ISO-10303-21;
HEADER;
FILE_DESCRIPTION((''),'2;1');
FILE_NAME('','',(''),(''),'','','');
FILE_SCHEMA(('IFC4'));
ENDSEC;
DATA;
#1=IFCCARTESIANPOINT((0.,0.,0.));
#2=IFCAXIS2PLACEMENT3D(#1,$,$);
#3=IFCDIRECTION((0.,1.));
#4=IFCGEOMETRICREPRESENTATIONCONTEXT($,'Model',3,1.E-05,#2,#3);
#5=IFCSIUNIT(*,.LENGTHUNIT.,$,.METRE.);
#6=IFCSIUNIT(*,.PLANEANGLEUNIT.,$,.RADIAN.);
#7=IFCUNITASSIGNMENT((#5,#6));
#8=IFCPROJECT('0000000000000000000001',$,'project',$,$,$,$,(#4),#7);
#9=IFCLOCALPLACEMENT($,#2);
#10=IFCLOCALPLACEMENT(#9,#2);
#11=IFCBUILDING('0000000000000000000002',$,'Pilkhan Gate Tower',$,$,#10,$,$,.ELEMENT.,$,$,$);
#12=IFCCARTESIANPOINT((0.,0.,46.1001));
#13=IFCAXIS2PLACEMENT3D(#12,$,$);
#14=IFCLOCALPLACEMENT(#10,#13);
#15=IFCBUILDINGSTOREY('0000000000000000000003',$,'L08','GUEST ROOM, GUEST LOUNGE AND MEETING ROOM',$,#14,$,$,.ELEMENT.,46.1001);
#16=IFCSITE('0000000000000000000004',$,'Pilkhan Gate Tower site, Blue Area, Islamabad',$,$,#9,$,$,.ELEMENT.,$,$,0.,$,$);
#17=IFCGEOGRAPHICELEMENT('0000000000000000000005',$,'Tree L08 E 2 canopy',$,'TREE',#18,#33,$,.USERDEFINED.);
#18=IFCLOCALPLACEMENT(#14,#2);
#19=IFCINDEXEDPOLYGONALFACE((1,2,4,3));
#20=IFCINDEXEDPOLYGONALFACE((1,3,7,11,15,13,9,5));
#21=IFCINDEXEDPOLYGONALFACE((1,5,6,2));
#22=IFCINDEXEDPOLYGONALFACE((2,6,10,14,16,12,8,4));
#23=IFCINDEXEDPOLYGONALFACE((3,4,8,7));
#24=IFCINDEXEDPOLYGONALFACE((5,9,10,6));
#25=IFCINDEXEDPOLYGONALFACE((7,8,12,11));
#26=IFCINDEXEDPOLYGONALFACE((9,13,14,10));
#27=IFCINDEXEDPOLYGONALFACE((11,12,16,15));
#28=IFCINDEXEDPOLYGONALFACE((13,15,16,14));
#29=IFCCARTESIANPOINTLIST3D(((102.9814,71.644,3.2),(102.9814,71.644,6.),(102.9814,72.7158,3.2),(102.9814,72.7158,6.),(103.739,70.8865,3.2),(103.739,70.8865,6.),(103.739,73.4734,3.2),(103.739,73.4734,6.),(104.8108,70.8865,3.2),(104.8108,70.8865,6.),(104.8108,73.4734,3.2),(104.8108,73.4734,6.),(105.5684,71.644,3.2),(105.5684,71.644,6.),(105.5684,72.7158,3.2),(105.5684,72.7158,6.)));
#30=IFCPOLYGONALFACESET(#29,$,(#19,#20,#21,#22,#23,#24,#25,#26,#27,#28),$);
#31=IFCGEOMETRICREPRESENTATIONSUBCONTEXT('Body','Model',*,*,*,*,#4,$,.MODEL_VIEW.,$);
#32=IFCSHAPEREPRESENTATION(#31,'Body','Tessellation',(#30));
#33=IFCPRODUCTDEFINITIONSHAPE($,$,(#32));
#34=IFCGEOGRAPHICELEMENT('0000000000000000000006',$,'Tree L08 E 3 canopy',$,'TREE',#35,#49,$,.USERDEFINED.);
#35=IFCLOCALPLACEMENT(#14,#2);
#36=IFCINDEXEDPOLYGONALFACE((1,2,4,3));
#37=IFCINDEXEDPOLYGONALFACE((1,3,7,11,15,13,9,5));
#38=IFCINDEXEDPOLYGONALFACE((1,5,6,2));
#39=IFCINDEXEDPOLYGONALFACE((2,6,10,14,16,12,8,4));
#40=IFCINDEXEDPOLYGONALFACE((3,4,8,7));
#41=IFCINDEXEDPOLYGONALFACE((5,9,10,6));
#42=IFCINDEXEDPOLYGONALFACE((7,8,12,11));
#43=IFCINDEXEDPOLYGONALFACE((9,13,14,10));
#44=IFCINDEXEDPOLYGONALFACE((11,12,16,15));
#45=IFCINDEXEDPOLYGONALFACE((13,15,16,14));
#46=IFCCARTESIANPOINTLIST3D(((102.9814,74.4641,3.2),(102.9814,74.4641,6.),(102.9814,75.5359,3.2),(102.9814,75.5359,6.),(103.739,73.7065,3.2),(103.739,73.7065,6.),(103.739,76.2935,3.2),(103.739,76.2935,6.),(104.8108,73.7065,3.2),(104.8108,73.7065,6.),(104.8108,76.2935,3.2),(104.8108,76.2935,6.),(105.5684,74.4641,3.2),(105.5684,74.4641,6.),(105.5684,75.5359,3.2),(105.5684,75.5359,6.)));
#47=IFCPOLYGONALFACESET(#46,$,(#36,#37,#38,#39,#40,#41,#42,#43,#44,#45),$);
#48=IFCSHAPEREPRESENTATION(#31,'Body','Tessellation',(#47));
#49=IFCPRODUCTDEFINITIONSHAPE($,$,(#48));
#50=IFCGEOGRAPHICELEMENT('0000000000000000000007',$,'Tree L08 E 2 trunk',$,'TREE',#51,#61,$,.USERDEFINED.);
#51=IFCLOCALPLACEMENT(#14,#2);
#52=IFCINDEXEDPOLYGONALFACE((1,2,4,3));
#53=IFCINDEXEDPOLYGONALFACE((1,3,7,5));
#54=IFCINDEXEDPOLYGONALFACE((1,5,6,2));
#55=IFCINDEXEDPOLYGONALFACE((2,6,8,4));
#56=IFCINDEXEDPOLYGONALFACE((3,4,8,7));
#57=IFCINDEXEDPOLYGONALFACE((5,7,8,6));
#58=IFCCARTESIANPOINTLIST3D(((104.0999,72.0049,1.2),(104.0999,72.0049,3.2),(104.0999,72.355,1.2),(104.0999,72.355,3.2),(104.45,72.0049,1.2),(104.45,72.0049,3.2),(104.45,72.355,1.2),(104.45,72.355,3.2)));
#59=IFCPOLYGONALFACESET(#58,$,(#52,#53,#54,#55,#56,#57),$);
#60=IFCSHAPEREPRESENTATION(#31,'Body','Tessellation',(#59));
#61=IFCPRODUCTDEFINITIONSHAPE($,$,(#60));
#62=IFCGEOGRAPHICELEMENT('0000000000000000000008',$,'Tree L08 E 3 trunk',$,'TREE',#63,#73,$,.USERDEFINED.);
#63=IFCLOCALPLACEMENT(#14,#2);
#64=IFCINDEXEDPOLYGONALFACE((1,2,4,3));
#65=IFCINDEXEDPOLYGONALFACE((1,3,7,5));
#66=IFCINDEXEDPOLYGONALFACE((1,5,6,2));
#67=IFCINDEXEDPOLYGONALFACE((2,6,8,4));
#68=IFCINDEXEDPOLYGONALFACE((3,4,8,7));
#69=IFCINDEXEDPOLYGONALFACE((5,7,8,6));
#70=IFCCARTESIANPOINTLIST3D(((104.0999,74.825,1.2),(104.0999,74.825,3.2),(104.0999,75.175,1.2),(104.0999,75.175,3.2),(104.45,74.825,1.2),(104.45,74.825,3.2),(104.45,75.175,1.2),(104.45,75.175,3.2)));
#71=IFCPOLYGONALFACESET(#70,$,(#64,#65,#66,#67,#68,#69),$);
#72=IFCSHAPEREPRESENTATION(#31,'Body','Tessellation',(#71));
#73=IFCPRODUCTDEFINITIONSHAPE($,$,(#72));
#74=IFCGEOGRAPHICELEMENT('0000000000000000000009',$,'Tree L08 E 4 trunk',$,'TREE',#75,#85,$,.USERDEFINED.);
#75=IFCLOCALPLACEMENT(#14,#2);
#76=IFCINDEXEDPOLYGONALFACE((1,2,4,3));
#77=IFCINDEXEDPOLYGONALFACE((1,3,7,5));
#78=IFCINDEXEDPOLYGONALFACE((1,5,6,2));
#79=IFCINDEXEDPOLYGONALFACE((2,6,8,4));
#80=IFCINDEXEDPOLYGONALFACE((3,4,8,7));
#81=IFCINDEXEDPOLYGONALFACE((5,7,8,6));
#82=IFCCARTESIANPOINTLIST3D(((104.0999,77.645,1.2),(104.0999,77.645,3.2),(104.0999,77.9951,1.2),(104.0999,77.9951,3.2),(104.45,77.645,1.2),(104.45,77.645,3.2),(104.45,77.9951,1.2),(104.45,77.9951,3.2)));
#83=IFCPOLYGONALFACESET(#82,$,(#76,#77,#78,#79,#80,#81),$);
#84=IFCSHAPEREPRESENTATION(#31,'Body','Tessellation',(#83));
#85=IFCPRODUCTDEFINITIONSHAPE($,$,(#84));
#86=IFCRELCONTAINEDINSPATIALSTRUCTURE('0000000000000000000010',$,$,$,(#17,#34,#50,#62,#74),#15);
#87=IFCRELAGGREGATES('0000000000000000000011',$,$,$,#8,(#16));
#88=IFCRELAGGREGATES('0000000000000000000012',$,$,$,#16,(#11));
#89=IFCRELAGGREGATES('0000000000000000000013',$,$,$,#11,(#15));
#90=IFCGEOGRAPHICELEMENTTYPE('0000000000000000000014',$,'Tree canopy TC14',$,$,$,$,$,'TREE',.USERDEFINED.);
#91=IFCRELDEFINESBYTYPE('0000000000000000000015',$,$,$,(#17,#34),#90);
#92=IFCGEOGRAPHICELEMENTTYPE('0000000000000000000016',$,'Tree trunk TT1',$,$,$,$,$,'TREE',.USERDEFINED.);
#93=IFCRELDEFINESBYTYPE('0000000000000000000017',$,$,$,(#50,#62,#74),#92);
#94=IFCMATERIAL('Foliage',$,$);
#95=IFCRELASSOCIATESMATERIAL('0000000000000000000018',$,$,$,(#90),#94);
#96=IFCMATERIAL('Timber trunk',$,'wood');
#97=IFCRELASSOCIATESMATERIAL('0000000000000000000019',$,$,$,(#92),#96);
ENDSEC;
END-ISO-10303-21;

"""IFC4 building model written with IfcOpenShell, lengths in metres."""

from ifc_helpers import new_model, si_unit, direction, frame, origin, origin_2d, place, context, subcontext, project, spatial, polyline, rectangle, outline, extrude, material, material_profile, profile_set, type_object, element, save


model = new_model("IFC4")

# Units and contexts
model_context = context("Model", 3, precision=1e-05, world=origin(), true_north=direction((0.0, 1.0)))
body_context = subcontext(model_context, "Body", "Model", "MODEL_VIEW")
ifc_project = project(units=[si_unit("LENGTHUNIT", "METRE"), si_unit("PLANEANGLEUNIT", "RADIAN")], contexts=[model_context])

# Site, building, storey
site_placement = place(None, origin())
site = spatial("IfcSite", under=ifc_project, at=site_placement, Name="Pilkhan Gate Tower site, Blue Area, Islamabad", CompositionType="ELEMENT", RefElevation=0.0)
building_placement = place(site_placement, origin())
building = spatial("IfcBuilding", under=site, at=building_placement, Name="Pilkhan Gate Tower", CompositionType="ELEMENT")
storey_placement = place(building_placement, frame((0.0, 0.0, 46.1001)))
storey = spatial("IfcBuildingStorey", under=building, at=storey_placement, Name="L08", Description="GUEST ROOM, GUEST LOUNGE AND MEETING ROOM", CompositionType="ELEMENT", Elevation=46.1001)

# Geographic elements
ifc_material_1 = material(Name="Foliage")
ifc_material_profile_1 = material_profile(ifc_material_1, outline(polyline([(1.2935, 0.5359), (0.5359, 1.2935), (-0.5359, 1.2935), (-1.2935, 0.5359), (-1.2935, -0.5359), (-0.5359, -1.2935), (0.5359, -1.2935), (1.2935, -0.5359), (1.2935, 0.5359)])), Name="Canopy D2.8")
ifc_profile_set_1 = profile_set([ifc_material_profile_1], Name="Foliage")
geographic_element_type_1 = type_object("IfcGeographicElementType", Name="Tree canopy TC14", ElementType="TREE", PredefinedType="USERDEFINED", material=ifc_profile_set_1)
for number, where, z_axis, x_axis, name in (
    (1, (104.2749, 72.1799, 3.2), (0.0, 0.0, 1.0), (1.0, 0.0, 0.0), "Tree L08 E 2 canopy"),
    (2, (104.2749, 75.0, 3.2), (0.0, 0.0, 1.0), (1.0, 0.0, 0.0), "Tree L08 E 3 canopy"),
):
    element("IfcGeographicElement", number, at=place(storey_placement, frame(where, z_axis=z_axis, x_axis=x_axis)), inside=storey, type_object=geographic_element_type_1, Name=name, ObjectType="TREE", PredefinedType="USERDEFINED", context=body_context, shape_type="SweptSolid", body=[
        extrude(outline(polyline([(1.2935, 0.5359), (0.5359, 1.2935), (-0.5359, 1.2935), (-1.2935, 0.5359), (-1.2935, -0.5359), (-0.5359, -1.2935), (0.5359, -1.2935), (1.2935, -0.5359), (1.2935, 0.5359)])), origin(), (0.0, 0.0, 1.0), 2.8),
    ])
ifc_material_2 = material(Name="Timber trunk", Category="wood")
geographic_element_type_2 = type_object("IfcGeographicElementType", Name="Tree trunk TT1", ElementType="TREE", PredefinedType="USERDEFINED", material=ifc_material_2)
for number, where, z_axis, x_axis, name in (
    (3, (104.2749, 72.1799, 1.2), (0.0, 0.0, 1.0), (1.0, 0.0, 0.0), "Tree L08 E 2 trunk"),
    (4, (104.2749, 75.0, 1.2), (0.0, 0.0, 1.0), (1.0, 0.0, 0.0), "Tree L08 E 3 trunk"),
    (5, (104.2749, 77.8201, 1.2), (0.0, 0.0, 1.0), (1.0, 0.0, 0.0), "Tree L08 E 4 trunk"),
):
    element("IfcGeographicElement", number, at=place(storey_placement, frame(where, z_axis=z_axis, x_axis=x_axis)), inside=storey, type_object=geographic_element_type_2, Name=name, ObjectType="TREE", PredefinedType="USERDEFINED", context=body_context, shape_type="SweptSolid", body=[
        extrude(rectangle(XDim=0.3501, YDim=0.3501, at=origin_2d()), origin(), (0.0, 0.0, 1.0), 2.0),
    ])

save(model, "model.ifc")
